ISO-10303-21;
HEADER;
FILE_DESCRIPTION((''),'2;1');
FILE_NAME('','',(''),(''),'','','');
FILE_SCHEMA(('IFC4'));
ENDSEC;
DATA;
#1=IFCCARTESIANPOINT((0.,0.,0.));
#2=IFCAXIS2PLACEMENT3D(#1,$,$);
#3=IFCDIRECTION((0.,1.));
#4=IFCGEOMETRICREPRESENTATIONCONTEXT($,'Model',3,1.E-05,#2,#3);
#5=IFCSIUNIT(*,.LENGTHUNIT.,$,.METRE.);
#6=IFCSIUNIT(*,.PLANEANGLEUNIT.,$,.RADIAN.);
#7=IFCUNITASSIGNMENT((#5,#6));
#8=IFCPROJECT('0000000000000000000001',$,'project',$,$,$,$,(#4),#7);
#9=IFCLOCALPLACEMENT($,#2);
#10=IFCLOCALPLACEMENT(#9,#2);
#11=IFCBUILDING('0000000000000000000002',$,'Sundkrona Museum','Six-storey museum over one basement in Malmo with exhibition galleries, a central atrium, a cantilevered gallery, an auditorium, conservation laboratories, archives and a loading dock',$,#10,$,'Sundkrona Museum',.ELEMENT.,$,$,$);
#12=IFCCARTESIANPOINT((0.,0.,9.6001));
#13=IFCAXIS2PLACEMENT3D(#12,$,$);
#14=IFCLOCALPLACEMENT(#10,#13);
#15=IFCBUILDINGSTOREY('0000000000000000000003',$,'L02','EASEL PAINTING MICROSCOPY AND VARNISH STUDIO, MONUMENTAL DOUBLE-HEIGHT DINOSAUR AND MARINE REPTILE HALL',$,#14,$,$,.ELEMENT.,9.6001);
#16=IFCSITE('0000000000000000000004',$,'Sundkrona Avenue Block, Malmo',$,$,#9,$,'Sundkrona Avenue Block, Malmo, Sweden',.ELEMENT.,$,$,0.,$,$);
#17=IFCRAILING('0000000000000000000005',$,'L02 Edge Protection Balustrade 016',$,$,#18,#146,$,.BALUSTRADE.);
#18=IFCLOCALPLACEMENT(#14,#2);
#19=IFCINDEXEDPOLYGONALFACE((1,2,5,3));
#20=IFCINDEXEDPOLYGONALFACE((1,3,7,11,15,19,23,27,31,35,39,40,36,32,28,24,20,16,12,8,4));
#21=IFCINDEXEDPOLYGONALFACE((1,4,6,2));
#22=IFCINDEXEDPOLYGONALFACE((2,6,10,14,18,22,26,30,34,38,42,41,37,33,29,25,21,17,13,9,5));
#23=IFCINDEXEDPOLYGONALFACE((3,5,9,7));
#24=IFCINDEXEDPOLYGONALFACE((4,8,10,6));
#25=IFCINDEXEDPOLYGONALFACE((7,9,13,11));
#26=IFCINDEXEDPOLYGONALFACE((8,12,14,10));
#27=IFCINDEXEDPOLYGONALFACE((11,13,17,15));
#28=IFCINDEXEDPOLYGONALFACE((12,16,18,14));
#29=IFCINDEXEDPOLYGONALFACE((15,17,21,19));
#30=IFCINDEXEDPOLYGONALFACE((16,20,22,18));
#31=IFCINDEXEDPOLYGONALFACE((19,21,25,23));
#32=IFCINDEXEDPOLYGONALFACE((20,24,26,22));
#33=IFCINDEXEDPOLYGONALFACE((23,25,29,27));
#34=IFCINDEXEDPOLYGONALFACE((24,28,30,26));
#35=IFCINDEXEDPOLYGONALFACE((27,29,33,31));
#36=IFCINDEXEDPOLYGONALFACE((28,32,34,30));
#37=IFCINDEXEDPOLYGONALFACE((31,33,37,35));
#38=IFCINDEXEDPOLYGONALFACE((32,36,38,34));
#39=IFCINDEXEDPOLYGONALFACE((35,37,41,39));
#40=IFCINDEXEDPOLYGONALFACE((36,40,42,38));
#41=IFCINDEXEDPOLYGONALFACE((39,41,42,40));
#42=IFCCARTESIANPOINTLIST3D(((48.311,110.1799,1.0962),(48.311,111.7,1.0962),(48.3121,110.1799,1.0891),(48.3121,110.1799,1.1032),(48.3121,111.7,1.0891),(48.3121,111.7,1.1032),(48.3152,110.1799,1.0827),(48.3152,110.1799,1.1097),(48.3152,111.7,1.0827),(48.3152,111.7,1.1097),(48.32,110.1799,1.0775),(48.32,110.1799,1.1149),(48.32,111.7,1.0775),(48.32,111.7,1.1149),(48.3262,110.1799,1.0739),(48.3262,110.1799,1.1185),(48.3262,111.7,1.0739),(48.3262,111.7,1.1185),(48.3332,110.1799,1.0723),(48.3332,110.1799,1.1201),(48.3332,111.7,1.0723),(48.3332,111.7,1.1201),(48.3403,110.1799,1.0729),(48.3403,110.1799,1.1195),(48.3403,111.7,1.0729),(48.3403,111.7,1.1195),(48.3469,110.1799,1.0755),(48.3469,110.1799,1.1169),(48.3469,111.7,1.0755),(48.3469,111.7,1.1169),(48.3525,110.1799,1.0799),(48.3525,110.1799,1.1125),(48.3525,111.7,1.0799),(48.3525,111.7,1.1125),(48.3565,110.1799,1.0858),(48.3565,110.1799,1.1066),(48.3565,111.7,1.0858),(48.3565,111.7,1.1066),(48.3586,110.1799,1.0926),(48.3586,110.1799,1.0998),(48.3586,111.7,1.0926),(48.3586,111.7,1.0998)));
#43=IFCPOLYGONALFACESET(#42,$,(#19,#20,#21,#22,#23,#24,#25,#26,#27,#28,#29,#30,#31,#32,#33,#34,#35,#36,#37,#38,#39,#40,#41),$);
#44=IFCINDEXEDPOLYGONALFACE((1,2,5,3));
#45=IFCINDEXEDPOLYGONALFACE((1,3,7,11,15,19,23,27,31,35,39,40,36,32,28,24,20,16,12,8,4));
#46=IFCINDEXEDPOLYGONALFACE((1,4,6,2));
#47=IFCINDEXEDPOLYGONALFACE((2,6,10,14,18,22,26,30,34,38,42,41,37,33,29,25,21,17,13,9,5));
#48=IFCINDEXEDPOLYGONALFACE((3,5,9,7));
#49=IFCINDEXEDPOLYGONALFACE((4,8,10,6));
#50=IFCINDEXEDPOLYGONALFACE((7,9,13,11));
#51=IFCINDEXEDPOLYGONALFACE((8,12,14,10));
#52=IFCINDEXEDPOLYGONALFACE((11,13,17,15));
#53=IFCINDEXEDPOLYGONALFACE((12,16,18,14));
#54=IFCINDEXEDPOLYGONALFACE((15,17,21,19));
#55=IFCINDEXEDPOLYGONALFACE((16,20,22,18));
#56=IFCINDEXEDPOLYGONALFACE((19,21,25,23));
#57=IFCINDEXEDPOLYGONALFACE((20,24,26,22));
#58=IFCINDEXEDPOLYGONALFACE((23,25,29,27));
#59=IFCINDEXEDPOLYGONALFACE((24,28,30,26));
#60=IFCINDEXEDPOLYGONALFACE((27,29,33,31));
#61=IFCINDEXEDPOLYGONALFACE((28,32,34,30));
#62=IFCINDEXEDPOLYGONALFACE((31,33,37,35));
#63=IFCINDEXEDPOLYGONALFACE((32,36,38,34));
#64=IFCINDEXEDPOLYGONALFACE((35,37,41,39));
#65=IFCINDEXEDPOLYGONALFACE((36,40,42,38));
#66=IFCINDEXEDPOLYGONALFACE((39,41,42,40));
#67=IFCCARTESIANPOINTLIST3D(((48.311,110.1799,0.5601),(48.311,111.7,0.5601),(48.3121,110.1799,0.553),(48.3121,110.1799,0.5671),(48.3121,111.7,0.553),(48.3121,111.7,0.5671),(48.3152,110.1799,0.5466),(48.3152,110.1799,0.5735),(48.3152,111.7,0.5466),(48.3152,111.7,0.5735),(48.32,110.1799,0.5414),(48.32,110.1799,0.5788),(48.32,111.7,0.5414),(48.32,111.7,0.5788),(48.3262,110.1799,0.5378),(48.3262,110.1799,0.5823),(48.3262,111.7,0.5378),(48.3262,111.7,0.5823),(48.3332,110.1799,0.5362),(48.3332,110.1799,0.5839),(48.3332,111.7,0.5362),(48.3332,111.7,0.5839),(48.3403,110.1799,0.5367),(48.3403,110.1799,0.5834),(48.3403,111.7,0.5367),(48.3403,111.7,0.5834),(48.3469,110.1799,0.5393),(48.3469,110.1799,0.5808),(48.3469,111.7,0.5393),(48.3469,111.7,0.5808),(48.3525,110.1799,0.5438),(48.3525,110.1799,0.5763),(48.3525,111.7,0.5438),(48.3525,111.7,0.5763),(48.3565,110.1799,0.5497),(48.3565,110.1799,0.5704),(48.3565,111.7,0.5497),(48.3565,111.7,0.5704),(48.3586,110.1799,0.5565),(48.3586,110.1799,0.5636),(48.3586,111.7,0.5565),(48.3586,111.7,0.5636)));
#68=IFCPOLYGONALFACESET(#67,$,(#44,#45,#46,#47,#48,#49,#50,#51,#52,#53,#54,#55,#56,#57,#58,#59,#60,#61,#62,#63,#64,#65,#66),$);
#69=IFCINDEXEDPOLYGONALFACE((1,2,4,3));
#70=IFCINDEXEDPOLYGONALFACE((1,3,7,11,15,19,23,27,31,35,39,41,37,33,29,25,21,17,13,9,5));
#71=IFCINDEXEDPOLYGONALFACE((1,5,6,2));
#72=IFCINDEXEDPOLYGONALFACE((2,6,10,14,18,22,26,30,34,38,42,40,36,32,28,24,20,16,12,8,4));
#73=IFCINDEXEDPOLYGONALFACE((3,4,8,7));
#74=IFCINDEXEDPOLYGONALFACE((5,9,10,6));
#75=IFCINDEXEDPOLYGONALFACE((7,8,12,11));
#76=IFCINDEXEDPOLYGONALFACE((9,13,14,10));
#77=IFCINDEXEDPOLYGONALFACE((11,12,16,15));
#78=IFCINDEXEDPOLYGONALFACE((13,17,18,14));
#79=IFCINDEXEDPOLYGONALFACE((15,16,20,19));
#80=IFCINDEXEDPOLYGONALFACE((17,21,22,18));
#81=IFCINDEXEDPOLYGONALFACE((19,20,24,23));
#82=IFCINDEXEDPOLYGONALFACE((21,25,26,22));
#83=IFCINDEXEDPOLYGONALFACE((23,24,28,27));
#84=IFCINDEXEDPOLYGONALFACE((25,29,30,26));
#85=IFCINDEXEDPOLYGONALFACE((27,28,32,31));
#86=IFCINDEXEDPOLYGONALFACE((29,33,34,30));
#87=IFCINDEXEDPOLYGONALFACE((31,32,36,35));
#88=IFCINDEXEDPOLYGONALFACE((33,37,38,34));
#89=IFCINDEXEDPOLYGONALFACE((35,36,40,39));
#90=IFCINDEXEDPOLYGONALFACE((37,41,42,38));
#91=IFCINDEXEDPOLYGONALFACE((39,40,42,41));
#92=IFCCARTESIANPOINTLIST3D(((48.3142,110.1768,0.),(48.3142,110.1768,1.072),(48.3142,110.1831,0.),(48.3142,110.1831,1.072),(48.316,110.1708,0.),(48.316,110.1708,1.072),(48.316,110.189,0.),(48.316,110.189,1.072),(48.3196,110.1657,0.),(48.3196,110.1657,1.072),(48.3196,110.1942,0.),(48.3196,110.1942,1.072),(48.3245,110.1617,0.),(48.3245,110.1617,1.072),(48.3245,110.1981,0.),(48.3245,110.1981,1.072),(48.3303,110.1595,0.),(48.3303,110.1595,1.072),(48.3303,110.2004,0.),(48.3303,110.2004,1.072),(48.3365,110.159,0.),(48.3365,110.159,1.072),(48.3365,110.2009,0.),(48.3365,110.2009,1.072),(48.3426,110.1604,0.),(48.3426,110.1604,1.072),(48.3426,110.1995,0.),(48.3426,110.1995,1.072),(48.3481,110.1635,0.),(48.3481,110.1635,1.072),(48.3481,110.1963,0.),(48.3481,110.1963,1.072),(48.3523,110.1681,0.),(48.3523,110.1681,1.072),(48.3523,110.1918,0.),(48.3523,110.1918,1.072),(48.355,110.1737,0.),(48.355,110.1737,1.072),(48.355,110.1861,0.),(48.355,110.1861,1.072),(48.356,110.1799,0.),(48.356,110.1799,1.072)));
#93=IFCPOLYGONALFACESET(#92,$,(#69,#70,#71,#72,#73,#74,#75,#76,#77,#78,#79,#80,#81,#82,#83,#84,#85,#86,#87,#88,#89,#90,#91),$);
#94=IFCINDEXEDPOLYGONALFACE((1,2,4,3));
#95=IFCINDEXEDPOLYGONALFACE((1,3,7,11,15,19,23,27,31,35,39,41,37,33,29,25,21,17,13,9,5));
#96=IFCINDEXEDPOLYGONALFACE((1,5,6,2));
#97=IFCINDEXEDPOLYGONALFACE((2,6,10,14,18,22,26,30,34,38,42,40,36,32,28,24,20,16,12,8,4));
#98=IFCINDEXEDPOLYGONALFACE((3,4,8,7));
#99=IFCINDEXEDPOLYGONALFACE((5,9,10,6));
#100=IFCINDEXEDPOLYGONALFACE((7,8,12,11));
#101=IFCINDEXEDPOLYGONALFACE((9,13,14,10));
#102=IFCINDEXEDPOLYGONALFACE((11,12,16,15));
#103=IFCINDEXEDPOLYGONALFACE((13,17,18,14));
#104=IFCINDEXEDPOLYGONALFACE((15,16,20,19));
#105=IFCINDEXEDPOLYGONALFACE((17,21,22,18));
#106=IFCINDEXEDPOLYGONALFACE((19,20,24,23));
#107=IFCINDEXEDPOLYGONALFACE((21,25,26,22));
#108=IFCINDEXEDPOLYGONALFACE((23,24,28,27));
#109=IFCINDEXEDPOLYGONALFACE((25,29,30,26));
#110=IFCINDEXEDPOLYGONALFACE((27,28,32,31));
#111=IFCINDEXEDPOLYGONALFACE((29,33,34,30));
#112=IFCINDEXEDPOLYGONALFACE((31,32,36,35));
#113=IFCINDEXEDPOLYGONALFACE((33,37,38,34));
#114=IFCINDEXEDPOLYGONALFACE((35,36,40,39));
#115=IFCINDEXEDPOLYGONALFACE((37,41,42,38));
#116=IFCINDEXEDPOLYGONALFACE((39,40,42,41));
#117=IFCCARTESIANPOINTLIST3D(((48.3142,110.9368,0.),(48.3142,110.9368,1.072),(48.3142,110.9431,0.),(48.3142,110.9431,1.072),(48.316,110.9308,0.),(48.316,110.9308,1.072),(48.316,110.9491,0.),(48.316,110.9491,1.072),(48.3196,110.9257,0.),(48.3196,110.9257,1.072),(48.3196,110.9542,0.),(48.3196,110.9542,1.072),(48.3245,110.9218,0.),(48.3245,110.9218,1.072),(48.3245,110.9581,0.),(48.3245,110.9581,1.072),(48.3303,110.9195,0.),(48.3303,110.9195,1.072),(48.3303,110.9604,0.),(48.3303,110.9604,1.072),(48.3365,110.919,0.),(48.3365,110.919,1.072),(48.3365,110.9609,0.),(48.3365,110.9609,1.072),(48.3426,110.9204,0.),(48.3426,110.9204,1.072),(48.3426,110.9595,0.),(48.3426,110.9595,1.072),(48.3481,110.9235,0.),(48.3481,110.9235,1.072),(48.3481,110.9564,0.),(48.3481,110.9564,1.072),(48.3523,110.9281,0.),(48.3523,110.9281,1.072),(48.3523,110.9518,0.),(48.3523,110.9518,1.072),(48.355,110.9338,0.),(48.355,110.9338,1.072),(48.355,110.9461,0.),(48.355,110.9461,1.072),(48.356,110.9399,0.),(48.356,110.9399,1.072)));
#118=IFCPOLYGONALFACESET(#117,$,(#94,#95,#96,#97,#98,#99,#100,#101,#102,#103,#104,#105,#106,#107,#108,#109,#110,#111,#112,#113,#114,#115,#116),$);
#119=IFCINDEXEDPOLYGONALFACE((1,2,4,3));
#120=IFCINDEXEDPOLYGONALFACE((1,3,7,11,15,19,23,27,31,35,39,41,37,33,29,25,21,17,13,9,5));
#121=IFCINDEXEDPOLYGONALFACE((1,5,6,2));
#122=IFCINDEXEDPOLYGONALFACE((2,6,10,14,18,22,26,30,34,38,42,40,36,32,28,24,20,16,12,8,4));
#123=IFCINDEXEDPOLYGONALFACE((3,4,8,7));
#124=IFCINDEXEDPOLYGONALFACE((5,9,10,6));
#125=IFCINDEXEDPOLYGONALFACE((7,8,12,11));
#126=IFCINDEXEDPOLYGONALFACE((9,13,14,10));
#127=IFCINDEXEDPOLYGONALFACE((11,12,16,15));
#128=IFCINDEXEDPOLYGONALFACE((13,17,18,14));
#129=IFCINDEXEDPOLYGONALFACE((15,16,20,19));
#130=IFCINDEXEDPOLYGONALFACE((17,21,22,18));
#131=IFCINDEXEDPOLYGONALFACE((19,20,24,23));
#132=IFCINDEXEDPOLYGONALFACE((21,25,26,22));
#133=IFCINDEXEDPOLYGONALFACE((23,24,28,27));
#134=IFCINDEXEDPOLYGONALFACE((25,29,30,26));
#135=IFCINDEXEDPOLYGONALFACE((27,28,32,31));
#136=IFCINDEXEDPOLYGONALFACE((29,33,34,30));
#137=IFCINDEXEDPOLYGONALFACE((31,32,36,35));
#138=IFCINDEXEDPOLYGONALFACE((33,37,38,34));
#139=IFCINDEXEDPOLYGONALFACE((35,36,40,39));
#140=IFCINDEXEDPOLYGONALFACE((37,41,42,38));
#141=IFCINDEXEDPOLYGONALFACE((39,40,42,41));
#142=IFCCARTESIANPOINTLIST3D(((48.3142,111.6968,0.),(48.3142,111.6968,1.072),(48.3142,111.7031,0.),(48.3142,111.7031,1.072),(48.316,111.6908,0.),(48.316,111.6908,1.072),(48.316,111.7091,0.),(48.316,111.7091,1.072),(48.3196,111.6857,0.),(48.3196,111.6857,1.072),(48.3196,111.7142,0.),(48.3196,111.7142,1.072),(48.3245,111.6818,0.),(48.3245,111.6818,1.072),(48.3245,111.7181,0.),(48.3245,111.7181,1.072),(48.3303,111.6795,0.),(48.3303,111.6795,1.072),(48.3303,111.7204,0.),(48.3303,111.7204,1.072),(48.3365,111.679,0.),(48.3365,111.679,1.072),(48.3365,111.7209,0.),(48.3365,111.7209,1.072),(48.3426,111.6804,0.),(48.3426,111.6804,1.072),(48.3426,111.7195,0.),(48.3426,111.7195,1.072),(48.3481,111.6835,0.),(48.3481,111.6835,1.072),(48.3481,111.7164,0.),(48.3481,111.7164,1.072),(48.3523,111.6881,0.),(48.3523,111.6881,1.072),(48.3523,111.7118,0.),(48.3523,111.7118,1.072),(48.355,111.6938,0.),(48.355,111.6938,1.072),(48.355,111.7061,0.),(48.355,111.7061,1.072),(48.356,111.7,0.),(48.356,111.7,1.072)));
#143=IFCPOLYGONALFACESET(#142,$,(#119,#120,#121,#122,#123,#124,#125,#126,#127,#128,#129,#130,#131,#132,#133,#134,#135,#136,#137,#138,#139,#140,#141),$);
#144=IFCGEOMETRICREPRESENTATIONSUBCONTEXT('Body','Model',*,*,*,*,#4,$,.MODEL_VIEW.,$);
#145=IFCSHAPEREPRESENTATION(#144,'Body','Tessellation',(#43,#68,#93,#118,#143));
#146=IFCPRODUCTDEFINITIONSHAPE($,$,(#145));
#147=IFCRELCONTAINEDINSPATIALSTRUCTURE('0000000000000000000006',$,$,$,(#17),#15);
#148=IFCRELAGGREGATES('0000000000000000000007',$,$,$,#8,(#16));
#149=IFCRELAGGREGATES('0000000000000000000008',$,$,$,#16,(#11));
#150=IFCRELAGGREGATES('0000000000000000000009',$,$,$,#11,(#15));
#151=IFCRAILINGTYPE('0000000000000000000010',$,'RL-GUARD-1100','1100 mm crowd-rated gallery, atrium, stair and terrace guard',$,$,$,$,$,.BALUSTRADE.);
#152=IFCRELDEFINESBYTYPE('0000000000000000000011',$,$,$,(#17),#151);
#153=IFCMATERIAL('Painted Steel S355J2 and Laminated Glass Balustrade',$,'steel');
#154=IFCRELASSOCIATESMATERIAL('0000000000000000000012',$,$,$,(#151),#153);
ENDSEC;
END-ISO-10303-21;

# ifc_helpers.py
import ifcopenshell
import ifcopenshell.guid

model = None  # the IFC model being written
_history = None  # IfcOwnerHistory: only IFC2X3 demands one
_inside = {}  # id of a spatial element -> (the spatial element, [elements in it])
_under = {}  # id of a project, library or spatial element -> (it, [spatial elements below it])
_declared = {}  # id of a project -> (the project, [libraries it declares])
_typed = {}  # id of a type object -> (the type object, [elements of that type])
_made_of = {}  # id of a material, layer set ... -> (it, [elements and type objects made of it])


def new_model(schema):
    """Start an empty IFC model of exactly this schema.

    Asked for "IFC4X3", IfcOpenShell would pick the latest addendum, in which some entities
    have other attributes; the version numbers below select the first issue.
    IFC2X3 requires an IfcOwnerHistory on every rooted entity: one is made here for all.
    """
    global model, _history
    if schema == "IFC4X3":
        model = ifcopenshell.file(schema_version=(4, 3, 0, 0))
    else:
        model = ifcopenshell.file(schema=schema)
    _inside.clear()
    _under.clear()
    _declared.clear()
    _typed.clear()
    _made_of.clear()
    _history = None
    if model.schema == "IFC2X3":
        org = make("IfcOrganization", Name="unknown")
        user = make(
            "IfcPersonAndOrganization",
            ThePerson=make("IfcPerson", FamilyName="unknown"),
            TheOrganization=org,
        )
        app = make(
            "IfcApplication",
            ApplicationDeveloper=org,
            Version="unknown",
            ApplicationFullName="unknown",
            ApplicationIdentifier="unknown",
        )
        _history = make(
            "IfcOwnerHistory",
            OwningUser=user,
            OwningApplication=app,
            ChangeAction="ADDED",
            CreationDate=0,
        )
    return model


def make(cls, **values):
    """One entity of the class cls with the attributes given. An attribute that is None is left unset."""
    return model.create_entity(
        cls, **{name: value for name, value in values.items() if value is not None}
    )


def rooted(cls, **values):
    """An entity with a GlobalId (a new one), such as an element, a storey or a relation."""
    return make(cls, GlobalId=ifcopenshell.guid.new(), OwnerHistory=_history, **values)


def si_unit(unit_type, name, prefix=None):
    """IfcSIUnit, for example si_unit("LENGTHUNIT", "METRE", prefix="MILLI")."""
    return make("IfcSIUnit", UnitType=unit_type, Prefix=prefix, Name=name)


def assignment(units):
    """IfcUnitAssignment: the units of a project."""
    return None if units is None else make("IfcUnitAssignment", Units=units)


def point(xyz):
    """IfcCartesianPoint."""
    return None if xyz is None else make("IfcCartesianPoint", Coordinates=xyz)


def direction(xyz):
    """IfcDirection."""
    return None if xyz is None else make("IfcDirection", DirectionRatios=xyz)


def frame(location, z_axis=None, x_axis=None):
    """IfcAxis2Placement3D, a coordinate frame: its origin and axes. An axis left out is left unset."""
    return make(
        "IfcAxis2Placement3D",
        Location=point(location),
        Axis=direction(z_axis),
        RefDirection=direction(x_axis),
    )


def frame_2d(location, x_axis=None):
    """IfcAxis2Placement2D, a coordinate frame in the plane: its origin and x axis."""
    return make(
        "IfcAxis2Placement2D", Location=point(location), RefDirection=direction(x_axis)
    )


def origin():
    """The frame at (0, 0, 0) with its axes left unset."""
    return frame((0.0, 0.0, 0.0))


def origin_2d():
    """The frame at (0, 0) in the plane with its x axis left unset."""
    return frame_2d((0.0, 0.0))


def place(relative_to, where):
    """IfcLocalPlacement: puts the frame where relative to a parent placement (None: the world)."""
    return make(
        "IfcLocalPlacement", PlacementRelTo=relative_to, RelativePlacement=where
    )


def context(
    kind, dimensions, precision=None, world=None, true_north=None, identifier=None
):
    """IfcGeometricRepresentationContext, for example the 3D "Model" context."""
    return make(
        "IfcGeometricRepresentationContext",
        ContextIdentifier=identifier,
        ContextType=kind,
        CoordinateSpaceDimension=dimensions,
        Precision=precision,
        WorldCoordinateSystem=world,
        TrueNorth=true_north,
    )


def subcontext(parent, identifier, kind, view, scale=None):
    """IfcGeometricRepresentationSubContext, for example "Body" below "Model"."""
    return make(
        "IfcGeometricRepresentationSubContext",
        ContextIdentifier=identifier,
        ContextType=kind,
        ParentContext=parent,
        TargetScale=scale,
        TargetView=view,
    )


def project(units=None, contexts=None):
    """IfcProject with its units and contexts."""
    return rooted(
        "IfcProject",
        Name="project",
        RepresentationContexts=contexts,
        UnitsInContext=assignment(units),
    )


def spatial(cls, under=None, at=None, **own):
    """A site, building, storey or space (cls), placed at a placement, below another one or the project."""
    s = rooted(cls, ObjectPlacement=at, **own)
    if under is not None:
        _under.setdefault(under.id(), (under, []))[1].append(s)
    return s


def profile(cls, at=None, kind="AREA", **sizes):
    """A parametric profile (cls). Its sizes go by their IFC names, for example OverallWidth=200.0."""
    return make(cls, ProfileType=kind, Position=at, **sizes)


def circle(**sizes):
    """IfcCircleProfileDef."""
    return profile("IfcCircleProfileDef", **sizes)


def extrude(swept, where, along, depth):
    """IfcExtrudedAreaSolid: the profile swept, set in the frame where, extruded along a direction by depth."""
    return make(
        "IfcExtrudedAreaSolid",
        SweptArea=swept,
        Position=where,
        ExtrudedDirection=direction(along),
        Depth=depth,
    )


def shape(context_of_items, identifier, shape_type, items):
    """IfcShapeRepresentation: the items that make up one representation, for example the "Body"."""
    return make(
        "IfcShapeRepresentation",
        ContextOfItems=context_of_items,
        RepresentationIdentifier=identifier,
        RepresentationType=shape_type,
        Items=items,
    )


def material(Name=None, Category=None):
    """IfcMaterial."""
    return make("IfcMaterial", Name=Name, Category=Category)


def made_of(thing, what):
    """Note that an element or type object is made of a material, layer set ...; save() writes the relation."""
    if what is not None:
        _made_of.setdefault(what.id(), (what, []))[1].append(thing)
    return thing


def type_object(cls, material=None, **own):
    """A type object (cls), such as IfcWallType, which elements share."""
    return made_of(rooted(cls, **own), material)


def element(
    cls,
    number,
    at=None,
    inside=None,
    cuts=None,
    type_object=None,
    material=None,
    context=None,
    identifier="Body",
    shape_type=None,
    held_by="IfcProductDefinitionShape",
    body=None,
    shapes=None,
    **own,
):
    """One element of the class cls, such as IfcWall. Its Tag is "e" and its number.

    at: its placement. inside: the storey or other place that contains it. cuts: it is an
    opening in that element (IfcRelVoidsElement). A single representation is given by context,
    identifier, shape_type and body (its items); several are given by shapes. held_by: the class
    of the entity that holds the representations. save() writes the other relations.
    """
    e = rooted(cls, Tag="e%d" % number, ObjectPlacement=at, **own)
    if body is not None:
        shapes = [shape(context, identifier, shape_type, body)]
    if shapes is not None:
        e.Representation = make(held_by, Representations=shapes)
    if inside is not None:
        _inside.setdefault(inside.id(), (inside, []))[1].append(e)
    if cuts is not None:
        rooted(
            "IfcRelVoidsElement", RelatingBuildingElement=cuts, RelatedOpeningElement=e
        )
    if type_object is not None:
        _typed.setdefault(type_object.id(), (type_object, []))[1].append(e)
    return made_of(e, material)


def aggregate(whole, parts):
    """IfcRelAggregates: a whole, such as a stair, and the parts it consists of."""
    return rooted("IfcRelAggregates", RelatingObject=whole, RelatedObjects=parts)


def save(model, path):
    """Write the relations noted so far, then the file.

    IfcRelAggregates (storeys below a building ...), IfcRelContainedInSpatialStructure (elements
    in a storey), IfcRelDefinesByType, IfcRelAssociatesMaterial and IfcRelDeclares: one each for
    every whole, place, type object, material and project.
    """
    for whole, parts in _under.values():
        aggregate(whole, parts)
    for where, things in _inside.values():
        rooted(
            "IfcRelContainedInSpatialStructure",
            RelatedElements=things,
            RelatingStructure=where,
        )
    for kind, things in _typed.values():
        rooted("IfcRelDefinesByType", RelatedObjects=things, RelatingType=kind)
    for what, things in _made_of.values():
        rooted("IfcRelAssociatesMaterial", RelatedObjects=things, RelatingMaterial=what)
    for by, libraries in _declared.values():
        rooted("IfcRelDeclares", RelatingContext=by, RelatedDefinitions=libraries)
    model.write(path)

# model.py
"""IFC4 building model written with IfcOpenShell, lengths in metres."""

from ifc_helpers import new_model, si_unit, direction, frame, origin, origin_2d, place, context, subcontext, project, spatial, circle, extrude, material, type_object, element, save


model = new_model("IFC4")

# Units and contexts
model_context = context("Model", 3, precision=1e-05, world=origin(), true_north=direction((0.0, 1.0)))
body_context = subcontext(model_context, "Body", "Model", "MODEL_VIEW")
ifc_project = project(units=[si_unit("LENGTHUNIT", "METRE"), si_unit("PLANEANGLEUNIT", "RADIAN")], contexts=[model_context])

# Site, building, storey
site_placement = place(None, origin())
site = spatial("IfcSite", under=ifc_project, at=site_placement, Name="Sundkrona Avenue Block, Malmo", LongName="Sundkrona Avenue Block, Malmo, Sweden", CompositionType="ELEMENT", RefElevation=0.0)
building_placement = place(site_placement, origin())
building = spatial("IfcBuilding", under=site, at=building_placement, Name="Sundkrona Museum", Description="Six-storey museum over one basement in Malmo with exhibition galleries, a central atrium, a cantilevered gallery, an auditorium, conservation laboratories, archives and a loading dock", LongName="Sundkrona Museum", CompositionType="ELEMENT")
storey_placement = place(building_placement, frame((0.0, 0.0, 9.6001)))
storey = spatial("IfcBuildingStorey", under=building, at=storey_placement, Name="L02", Description="EASEL PAINTING MICROSCOPY AND VARNISH STUDIO, MONUMENTAL DOUBLE-HEIGHT DINOSAUR AND MARINE REPTILE HALL", CompositionType="ELEMENT", Elevation=9.6001)

# Railing
ifc_material_1 = material(Name="Painted Steel S355J2 and Laminated Glass Balustrade", Category="steel")
railing_type_1 = type_object("IfcRailingType", Name="RL-GUARD-1100", Description="1100 mm crowd-rated gallery, atrium, stair and terrace guard", PredefinedType="BALUSTRADE", material=ifc_material_1)
for number, where, name in (
    (1, (48.335, 110.1799, 0.0), "L02 Edge Protection Balustrade 016"),
):
    element("IfcRailing", number, at=place(storey_placement, frame(where)), inside=storey, type_object=railing_type_1, Name=name, PredefinedType="BALUSTRADE", context=body_context, shape_type="SweptSolid", body=[
        extrude(circle(Radius=0.0239, at=origin_2d()), frame((0.0, 0.0, 1.0962), z_axis=(0.0, 1.0, 0.0), x_axis=(-1.0, 0.0, 0.0)), (0.0, 0.0, 1.0), 1.52),
        extrude(circle(Radius=0.0239, at=origin_2d()), frame((0.0, 0.0, 0.5601), z_axis=(0.0, 1.0, 0.0), x_axis=(-1.0, 0.0, 0.0)), (0.0, 0.0, 1.0), 1.52),
        extrude(circle(Radius=0.021, at=origin_2d()), origin(), (0.0, 0.0, 1.0), 1.072),
        extrude(circle(Radius=0.021, at=origin_2d()), frame((0.0, 0.76, 0.0)), (0.0, 0.0, 1.0), 1.072),
        extrude(circle(Radius=0.021, at=origin_2d()), frame((0.0, 1.52, 0.0)), (0.0, 0.0, 1.0), 1.072),
    ])

save(model, "model.ifc")
